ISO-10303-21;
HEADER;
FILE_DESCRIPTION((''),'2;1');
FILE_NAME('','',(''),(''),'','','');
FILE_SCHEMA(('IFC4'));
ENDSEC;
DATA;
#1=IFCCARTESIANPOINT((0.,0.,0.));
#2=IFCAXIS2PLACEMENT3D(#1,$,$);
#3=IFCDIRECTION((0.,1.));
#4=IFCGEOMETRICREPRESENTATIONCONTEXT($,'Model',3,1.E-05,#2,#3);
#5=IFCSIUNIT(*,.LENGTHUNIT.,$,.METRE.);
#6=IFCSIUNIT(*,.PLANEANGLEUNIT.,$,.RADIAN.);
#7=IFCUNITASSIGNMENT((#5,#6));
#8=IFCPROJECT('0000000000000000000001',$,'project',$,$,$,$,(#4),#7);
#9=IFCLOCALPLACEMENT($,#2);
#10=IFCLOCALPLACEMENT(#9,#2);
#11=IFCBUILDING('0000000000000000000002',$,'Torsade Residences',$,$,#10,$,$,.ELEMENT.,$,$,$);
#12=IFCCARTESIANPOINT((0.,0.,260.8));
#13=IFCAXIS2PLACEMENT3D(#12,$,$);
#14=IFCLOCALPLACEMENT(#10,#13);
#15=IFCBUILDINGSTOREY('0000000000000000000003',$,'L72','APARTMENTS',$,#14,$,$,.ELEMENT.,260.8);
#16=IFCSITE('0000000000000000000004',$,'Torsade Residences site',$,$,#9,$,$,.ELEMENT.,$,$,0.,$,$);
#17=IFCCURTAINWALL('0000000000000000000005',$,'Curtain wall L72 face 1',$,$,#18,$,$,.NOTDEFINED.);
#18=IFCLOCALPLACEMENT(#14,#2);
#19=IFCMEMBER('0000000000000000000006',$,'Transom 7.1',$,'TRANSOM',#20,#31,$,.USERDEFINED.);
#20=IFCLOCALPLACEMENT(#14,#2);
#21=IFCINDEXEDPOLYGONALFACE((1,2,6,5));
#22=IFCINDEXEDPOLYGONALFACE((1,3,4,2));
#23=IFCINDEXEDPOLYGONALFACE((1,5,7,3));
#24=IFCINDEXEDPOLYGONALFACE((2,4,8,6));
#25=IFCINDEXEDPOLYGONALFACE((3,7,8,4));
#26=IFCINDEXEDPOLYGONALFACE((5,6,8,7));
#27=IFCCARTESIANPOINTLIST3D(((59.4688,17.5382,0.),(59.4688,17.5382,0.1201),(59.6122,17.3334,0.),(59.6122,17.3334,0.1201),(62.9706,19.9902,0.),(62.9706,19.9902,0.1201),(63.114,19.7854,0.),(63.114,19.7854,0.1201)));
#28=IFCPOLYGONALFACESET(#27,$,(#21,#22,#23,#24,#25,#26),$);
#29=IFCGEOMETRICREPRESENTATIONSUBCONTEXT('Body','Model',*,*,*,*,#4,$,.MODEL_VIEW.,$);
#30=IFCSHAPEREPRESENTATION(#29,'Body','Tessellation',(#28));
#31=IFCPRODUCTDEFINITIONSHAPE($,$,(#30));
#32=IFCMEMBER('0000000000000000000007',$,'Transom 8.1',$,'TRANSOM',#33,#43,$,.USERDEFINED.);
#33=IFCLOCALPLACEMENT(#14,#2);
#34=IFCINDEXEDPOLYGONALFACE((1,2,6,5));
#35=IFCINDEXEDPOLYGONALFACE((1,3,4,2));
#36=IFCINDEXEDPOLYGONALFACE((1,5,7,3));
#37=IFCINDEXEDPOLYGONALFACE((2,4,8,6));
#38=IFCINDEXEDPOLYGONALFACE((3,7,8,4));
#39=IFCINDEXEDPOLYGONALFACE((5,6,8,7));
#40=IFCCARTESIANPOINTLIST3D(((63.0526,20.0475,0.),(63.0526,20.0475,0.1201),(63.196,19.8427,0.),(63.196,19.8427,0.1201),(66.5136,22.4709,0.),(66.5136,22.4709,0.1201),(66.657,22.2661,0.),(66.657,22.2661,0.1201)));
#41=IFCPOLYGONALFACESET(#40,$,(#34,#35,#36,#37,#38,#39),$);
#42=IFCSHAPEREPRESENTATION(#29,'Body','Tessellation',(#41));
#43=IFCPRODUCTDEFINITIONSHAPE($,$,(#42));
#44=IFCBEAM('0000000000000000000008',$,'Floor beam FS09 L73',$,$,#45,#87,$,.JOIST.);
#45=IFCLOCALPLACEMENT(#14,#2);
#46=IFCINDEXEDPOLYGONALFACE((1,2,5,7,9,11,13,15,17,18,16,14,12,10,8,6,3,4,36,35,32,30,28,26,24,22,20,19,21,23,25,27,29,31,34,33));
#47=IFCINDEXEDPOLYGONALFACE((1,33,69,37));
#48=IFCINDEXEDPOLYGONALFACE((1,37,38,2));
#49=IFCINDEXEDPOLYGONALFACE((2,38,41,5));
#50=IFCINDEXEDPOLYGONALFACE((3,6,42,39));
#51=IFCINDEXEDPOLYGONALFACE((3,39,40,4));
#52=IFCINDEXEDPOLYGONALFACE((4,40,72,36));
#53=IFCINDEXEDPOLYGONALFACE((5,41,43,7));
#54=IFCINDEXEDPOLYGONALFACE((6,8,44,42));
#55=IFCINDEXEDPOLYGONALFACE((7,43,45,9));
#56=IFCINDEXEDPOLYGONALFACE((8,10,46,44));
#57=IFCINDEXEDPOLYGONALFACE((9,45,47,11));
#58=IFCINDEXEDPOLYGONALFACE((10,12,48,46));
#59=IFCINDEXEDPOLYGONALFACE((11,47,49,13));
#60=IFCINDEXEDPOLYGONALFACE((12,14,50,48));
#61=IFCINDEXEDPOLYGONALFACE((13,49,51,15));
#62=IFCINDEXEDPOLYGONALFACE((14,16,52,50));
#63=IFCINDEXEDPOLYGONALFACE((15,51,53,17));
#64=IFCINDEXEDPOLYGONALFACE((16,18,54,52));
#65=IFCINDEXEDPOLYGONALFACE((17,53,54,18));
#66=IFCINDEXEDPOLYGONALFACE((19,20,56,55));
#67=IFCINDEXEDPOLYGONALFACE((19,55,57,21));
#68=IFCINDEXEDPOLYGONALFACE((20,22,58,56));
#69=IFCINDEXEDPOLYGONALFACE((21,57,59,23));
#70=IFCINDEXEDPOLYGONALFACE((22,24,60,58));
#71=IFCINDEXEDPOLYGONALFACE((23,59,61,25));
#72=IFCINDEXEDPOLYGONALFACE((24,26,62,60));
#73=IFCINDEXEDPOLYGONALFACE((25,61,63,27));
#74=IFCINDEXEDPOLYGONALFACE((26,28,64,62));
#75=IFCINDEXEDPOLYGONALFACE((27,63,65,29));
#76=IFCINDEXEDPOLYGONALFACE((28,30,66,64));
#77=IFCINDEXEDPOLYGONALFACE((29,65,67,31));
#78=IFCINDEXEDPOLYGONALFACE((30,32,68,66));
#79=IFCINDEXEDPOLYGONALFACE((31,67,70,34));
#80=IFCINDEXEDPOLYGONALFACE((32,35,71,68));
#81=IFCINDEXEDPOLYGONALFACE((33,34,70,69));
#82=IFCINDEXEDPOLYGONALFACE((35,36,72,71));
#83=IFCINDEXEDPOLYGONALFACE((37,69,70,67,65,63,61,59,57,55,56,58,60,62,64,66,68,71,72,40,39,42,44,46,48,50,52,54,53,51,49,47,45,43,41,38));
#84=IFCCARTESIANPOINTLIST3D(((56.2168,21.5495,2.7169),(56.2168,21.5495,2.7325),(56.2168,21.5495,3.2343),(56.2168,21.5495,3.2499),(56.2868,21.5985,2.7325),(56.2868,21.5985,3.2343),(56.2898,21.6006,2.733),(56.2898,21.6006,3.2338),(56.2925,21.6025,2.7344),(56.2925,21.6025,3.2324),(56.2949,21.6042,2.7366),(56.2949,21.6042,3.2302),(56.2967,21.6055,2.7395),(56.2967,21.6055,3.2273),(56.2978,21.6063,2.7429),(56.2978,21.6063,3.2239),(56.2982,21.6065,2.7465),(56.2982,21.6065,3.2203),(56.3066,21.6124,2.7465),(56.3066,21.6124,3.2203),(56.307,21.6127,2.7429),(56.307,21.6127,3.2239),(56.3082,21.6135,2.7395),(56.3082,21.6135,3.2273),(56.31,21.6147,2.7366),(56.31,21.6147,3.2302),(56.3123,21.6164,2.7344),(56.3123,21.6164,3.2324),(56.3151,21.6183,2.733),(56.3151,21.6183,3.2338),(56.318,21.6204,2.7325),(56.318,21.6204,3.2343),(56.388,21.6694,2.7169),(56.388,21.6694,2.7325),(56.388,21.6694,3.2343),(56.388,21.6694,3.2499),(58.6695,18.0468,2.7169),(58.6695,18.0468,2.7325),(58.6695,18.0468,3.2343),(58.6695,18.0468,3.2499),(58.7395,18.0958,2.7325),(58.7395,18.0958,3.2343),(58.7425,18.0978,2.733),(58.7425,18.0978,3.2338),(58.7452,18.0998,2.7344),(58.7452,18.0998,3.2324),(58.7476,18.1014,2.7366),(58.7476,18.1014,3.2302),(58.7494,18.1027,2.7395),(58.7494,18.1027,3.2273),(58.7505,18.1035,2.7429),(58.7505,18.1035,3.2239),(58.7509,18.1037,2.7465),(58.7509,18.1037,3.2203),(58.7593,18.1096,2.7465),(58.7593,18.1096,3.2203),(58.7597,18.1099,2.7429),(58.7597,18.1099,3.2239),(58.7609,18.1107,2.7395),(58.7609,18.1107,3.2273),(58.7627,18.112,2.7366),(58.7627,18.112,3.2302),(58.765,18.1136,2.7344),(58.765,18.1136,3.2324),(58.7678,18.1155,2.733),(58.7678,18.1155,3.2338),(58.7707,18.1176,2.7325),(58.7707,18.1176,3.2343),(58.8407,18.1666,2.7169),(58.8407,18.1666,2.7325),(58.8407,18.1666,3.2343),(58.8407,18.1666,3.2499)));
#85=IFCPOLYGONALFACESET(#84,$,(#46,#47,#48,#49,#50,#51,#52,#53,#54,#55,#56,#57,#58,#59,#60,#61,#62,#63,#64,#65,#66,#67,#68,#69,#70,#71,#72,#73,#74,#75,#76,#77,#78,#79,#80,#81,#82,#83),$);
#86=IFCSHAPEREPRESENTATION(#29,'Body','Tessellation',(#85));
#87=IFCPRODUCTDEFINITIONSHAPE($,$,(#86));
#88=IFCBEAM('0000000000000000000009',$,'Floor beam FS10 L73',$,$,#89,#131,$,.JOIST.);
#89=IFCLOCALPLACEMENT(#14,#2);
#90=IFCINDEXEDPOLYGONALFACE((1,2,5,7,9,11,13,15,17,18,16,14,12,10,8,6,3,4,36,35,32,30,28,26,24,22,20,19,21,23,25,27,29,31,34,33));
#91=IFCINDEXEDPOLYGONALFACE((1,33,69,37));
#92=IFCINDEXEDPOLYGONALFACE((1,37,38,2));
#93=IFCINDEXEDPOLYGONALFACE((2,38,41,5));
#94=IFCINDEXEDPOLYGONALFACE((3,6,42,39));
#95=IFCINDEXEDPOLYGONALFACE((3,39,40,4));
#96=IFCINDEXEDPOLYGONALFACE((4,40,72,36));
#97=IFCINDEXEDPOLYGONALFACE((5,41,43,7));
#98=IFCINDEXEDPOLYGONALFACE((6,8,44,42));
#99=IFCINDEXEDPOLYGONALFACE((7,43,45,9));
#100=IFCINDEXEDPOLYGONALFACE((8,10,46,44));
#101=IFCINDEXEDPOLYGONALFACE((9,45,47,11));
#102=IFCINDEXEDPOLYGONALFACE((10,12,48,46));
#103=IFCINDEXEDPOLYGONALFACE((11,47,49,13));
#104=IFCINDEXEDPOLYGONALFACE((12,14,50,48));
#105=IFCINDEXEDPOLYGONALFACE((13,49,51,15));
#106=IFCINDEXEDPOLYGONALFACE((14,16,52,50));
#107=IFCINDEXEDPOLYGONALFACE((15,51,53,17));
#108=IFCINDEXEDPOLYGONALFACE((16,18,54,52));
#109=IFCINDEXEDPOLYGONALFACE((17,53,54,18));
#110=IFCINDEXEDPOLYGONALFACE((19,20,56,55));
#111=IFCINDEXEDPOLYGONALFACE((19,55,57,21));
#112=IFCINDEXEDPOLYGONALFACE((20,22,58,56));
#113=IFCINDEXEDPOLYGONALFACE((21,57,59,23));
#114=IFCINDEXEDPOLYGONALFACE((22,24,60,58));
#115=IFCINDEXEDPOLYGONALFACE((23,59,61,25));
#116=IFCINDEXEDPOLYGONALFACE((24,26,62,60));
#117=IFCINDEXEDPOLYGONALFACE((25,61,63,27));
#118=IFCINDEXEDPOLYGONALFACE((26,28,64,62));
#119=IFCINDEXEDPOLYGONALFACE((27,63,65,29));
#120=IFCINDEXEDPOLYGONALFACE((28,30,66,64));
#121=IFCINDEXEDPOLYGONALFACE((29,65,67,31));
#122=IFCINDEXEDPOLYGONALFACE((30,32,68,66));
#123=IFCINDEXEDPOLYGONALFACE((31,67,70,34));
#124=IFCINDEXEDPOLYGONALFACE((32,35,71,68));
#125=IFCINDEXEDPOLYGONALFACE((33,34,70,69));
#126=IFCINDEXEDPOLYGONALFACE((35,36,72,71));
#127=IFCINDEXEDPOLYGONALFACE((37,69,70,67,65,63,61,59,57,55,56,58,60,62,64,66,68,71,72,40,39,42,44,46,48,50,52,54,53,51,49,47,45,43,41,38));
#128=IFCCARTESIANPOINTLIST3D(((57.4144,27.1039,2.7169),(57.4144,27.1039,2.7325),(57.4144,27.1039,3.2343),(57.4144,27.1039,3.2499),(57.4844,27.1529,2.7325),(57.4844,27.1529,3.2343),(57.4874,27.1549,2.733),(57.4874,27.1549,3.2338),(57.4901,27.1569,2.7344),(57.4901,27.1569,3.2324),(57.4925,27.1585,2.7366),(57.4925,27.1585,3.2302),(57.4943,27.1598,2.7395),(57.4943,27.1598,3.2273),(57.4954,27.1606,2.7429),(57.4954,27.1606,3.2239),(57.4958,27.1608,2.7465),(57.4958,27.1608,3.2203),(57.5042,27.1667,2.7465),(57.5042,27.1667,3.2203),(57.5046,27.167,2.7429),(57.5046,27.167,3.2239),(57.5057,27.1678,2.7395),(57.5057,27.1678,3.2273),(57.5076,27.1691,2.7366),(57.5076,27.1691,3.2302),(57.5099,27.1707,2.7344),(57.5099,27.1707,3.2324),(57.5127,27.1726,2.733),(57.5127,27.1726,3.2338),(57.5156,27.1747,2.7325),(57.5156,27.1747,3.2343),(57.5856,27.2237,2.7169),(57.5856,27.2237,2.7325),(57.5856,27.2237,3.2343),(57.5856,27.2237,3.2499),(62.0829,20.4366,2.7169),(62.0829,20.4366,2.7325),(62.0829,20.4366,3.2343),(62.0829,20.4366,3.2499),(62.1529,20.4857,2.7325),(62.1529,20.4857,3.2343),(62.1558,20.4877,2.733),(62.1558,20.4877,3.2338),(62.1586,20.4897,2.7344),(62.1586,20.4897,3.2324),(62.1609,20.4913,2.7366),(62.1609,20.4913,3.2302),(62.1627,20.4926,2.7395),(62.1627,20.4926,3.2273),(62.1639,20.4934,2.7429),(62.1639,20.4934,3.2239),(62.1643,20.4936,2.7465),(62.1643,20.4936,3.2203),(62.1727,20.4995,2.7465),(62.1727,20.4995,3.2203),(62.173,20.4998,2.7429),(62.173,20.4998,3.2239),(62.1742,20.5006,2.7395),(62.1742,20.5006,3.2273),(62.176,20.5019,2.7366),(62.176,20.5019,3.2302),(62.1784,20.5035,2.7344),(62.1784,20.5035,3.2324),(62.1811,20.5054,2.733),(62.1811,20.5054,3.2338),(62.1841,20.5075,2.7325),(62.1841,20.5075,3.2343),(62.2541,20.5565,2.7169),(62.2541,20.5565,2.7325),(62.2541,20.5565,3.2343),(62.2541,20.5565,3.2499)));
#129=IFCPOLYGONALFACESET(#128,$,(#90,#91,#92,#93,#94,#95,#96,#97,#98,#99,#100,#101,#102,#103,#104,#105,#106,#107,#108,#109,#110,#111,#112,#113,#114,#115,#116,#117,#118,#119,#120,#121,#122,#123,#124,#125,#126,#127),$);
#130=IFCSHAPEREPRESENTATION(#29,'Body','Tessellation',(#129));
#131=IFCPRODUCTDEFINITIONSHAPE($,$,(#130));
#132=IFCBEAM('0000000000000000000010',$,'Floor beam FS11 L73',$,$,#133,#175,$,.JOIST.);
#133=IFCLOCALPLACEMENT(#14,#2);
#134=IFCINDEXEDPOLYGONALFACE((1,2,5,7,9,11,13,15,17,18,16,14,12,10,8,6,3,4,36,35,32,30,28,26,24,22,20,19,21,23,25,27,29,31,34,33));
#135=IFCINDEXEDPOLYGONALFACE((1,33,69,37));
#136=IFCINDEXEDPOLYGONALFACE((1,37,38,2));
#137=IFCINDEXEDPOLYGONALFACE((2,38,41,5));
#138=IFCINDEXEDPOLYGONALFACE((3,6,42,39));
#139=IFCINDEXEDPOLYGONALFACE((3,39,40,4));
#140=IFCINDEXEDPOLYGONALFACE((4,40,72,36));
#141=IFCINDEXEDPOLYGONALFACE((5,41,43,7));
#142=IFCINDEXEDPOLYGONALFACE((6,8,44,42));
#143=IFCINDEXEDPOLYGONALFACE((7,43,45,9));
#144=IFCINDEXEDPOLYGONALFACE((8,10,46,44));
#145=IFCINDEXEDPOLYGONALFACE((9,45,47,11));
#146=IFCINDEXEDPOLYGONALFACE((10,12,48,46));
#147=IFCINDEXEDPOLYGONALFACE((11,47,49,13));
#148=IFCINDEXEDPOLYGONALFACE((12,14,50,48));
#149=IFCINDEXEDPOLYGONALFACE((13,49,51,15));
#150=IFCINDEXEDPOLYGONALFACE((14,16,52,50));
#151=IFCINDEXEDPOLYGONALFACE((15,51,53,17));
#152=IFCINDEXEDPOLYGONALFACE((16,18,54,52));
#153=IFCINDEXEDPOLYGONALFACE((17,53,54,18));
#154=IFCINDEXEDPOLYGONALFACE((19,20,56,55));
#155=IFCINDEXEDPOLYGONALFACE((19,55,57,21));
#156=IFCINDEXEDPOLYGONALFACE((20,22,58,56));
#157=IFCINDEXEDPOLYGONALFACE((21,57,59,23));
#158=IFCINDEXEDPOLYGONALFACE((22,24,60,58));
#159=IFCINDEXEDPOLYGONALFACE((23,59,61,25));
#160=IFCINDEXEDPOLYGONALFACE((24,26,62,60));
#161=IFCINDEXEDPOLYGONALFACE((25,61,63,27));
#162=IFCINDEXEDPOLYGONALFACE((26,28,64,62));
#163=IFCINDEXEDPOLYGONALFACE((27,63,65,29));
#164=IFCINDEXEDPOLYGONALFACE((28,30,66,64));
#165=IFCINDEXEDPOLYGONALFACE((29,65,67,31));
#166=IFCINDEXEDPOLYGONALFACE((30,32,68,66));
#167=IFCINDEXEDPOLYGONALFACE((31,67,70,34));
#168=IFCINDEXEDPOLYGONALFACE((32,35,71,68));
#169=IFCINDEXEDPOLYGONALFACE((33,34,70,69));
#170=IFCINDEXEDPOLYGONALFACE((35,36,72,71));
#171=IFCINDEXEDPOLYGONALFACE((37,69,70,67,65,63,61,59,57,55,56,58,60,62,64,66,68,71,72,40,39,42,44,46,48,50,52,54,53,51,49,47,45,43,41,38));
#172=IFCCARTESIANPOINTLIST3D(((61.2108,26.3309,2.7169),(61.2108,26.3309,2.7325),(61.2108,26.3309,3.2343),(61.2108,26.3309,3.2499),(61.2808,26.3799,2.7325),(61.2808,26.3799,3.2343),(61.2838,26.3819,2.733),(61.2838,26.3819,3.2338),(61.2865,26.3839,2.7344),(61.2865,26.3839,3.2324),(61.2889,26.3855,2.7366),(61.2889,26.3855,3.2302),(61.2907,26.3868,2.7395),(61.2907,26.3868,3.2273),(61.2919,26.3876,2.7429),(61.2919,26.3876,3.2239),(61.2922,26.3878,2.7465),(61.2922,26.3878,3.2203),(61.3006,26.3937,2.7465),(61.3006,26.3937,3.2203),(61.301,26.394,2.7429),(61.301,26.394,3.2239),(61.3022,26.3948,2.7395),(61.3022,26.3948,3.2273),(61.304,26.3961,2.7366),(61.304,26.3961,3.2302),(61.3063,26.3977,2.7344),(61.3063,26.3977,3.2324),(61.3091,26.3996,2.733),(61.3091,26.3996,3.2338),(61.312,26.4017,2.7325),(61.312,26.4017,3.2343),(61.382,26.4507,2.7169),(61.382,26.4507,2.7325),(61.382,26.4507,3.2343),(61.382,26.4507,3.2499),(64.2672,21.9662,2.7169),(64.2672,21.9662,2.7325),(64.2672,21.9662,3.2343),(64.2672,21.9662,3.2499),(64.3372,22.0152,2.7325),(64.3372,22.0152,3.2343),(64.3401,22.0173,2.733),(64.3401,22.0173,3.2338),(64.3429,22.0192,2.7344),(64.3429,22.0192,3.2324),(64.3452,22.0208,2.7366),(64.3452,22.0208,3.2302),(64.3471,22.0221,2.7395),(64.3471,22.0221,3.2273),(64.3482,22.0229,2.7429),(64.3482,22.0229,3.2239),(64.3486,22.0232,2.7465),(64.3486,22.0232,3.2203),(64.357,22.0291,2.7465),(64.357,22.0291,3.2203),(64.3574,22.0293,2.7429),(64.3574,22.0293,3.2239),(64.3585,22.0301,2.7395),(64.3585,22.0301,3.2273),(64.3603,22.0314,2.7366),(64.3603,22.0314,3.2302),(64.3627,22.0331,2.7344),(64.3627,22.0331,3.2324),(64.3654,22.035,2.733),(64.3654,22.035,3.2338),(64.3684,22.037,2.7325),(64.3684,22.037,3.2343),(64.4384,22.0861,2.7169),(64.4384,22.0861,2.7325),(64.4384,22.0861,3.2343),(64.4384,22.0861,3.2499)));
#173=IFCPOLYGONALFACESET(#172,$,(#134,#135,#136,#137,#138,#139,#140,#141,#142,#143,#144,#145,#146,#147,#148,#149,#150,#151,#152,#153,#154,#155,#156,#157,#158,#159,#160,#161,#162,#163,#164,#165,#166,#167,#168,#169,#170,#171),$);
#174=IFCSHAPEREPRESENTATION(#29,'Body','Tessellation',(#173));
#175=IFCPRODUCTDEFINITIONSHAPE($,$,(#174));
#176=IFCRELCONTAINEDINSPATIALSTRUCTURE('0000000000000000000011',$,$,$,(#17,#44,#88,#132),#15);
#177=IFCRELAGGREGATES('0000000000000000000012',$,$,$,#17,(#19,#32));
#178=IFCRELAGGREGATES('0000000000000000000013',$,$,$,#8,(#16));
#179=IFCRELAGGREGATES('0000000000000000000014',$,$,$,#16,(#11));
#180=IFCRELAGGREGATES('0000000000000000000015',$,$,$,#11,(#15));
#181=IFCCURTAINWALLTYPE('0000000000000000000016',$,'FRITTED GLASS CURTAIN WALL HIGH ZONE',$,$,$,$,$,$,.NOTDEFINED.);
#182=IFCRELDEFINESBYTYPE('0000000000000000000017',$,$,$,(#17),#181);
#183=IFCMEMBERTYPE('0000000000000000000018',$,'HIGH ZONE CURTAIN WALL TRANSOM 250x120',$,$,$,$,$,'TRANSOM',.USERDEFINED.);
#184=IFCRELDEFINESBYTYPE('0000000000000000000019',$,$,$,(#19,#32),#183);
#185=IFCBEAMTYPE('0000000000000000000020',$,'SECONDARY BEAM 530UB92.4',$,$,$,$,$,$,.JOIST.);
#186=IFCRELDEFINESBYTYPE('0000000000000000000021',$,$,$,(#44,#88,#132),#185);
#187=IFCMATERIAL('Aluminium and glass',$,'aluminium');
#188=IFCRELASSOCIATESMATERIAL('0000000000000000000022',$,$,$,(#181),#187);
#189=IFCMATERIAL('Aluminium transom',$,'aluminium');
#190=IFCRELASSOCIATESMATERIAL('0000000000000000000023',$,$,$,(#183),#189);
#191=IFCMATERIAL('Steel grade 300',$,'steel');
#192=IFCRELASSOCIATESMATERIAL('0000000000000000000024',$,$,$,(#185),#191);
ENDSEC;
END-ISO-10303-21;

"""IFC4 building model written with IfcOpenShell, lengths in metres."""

from ifc_helpers import new_model, si_unit, direction, frame, origin, origin_2d, place, context, subcontext, project, spatial, rectangle, i_section, extrude, material, material_profile, profile_set, type_object, element, aggregate, save


model = new_model("IFC4")

# Units and contexts
model_context = context("Model", 3, precision=1e-05, world=origin(), true_north=direction((0.0, 1.0)))
body_context = subcontext(model_context, "Body", "Model", "MODEL_VIEW")
ifc_project = project(units=[si_unit("LENGTHUNIT", "METRE"), si_unit("PLANEANGLEUNIT", "RADIAN")], contexts=[model_context])

# Site, building, storey
site_placement = place(None, origin())
site = spatial("IfcSite", under=ifc_project, at=site_placement, Name="Torsade Residences site", CompositionType="ELEMENT", RefElevation=0.0)
building_placement = place(site_placement, origin())
building = spatial("IfcBuilding", under=site, at=building_placement, Name="Torsade Residences", CompositionType="ELEMENT")
storey_placement = place(building_placement, frame((0.0, 0.0, 260.8)))
storey = spatial("IfcBuildingStorey", under=building, at=storey_placement, Name="L72", Description="APARTMENTS", CompositionType="ELEMENT", Elevation=260.8)

# Curtain wall, members
ifc_material_1 = material(Name="Aluminium and glass", Category="aluminium")
curtain_wall_type = type_object("IfcCurtainWallType", Name="FRITTED GLASS CURTAIN WALL HIGH ZONE", PredefinedType="NOTDEFINED", material=ifc_material_1)
curtain_wall_placement = place(storey_placement, origin())
curtain_wall = element("IfcCurtainWall", 1, at=curtain_wall_placement, inside=storey, type_object=curtain_wall_type, Name="Curtain wall L72 face 1", PredefinedType="NOTDEFINED")
ifc_material_2 = material(Name="Aluminium transom", Category="aluminium")
ifc_material_profile_1 = material_profile(ifc_material_2, rectangle(XDim=0.25, YDim=0.1201, at=origin_2d()), Name="HIGH ZONE CURTAIN WALL TRANSOM 250x120")
ifc_profile_set_1 = profile_set([ifc_material_profile_1], Name="Aluminium transom")
member_type_1 = type_object("IfcMemberType", Name="HIGH ZONE CURTAIN WALL TRANSOM 250x120", ElementType="TRANSOM", PredefinedType="USERDEFINED", material=ifc_profile_set_1)
member_1_placement = place(storey_placement, frame((59.5405, 17.4358, 0.0601), z_axis=(0.819154, 0.573573, 0.0), x_axis=(-0.573573, 0.819154, 0.0)))
member_1 = element("IfcMember", 2, at=member_1_placement, type_object=member_type_1, Name="Transom 7.1", ObjectType="TRANSOM", PredefinedType="USERDEFINED", context=body_context, shape_type="SweptSolid", body=[
    extrude(rectangle(XDim=0.25, YDim=0.1201, at=origin_2d()), origin(), (0.0, 0.0, 1.0), 4.2749),
])
member_2_placement = place(storey_placement, frame((63.1243, 19.9451, 0.0601), z_axis=(0.819156, 0.573571, 0.0), x_axis=(-0.573571, 0.819156, 0.0)))
member_2 = element("IfcMember", 3, at=member_2_placement, type_object=member_type_1, Name="Transom 8.1", ObjectType="TRANSOM", PredefinedType="USERDEFINED", context=body_context, shape_type="SweptSolid", body=[
    extrude(rectangle(XDim=0.25, YDim=0.1201, at=origin_2d()), origin(), (0.0, 0.0, 1.0), 4.2251),
])

# Beams
ifc_material_3 = material(Name="Steel grade 300", Category="steel")
ifc_material_profile_2 = material_profile(ifc_material_3, i_section(OverallWidth=0.209, OverallDepth=0.533, WebThickness=0.0103, FlangeThickness=0.0156, FilletRadius=0.0139, at=origin_2d()), Name="530UB92.4")
ifc_profile_set_2 = profile_set([ifc_material_profile_2], Name="Steel grade 300")
beam_type_1 = type_object("IfcBeamType", Name="SECONDARY BEAM 530UB92.4", PredefinedType="JOIST", material=ifc_profile_set_2)
beam_1_placement = place(storey_placement, frame((58.7551, 18.1067, 2.9834), z_axis=(-0.573581, 0.819149, 0.0), x_axis=(-0.819149, -0.573581, 0.0)))
element("IfcBeam", 4, at=beam_1_placement, inside=storey, type_object=beam_type_1, Name="Floor beam FS09 L73", PredefinedType="JOIST", context=body_context, shape_type="SweptSolid", body=[
    extrude(i_section(OverallWidth=0.209, OverallDepth=0.533, WebThickness=0.0103, FlangeThickness=0.0156, FilletRadius=0.0139, at=origin_2d()), origin(), (0.0, 0.0, 1.0), 4.2761),
])
beam_2_placement = place(storey_placement, frame((62.1685, 20.4966, 2.9834), z_axis=(-0.573577, 0.819152, 0.0), x_axis=(-0.819152, -0.573577, 0.0)))
element("IfcBeam", 5, at=beam_2_placement, inside=storey, type_object=beam_type_1, Name="Floor beam FS10 L73", PredefinedType="JOIST", context=body_context, shape_type="SweptSolid", body=[
    extrude(i_section(OverallWidth=0.209, OverallDepth=0.533, WebThickness=0.0103, FlangeThickness=0.0156, FilletRadius=0.0139, at=origin_2d()), origin(), (0.0, 0.0, 1.0), 8.1392),
])
beam_3_placement = place(storey_placement, frame((64.3528, 22.0261, 2.9834), z_axis=(-0.573598, 0.819137, 0.0), x_axis=(-0.819137, -0.573598, 0.0)))
element("IfcBeam", 6, at=beam_3_placement, inside=storey, type_object=beam_type_1, Name="Floor beam FS11 L73", PredefinedType="JOIST", context=body_context, shape_type="SweptSolid", body=[
    extrude(i_section(OverallWidth=0.209, OverallDepth=0.533, WebThickness=0.0103, FlangeThickness=0.0156, FilletRadius=0.0139, at=origin_2d()), origin(), (0.0, 0.0, 1.0), 5.3284),
])

aggregate(curtain_wall, [member_1, member_2])

save(model, "model.ifc")
